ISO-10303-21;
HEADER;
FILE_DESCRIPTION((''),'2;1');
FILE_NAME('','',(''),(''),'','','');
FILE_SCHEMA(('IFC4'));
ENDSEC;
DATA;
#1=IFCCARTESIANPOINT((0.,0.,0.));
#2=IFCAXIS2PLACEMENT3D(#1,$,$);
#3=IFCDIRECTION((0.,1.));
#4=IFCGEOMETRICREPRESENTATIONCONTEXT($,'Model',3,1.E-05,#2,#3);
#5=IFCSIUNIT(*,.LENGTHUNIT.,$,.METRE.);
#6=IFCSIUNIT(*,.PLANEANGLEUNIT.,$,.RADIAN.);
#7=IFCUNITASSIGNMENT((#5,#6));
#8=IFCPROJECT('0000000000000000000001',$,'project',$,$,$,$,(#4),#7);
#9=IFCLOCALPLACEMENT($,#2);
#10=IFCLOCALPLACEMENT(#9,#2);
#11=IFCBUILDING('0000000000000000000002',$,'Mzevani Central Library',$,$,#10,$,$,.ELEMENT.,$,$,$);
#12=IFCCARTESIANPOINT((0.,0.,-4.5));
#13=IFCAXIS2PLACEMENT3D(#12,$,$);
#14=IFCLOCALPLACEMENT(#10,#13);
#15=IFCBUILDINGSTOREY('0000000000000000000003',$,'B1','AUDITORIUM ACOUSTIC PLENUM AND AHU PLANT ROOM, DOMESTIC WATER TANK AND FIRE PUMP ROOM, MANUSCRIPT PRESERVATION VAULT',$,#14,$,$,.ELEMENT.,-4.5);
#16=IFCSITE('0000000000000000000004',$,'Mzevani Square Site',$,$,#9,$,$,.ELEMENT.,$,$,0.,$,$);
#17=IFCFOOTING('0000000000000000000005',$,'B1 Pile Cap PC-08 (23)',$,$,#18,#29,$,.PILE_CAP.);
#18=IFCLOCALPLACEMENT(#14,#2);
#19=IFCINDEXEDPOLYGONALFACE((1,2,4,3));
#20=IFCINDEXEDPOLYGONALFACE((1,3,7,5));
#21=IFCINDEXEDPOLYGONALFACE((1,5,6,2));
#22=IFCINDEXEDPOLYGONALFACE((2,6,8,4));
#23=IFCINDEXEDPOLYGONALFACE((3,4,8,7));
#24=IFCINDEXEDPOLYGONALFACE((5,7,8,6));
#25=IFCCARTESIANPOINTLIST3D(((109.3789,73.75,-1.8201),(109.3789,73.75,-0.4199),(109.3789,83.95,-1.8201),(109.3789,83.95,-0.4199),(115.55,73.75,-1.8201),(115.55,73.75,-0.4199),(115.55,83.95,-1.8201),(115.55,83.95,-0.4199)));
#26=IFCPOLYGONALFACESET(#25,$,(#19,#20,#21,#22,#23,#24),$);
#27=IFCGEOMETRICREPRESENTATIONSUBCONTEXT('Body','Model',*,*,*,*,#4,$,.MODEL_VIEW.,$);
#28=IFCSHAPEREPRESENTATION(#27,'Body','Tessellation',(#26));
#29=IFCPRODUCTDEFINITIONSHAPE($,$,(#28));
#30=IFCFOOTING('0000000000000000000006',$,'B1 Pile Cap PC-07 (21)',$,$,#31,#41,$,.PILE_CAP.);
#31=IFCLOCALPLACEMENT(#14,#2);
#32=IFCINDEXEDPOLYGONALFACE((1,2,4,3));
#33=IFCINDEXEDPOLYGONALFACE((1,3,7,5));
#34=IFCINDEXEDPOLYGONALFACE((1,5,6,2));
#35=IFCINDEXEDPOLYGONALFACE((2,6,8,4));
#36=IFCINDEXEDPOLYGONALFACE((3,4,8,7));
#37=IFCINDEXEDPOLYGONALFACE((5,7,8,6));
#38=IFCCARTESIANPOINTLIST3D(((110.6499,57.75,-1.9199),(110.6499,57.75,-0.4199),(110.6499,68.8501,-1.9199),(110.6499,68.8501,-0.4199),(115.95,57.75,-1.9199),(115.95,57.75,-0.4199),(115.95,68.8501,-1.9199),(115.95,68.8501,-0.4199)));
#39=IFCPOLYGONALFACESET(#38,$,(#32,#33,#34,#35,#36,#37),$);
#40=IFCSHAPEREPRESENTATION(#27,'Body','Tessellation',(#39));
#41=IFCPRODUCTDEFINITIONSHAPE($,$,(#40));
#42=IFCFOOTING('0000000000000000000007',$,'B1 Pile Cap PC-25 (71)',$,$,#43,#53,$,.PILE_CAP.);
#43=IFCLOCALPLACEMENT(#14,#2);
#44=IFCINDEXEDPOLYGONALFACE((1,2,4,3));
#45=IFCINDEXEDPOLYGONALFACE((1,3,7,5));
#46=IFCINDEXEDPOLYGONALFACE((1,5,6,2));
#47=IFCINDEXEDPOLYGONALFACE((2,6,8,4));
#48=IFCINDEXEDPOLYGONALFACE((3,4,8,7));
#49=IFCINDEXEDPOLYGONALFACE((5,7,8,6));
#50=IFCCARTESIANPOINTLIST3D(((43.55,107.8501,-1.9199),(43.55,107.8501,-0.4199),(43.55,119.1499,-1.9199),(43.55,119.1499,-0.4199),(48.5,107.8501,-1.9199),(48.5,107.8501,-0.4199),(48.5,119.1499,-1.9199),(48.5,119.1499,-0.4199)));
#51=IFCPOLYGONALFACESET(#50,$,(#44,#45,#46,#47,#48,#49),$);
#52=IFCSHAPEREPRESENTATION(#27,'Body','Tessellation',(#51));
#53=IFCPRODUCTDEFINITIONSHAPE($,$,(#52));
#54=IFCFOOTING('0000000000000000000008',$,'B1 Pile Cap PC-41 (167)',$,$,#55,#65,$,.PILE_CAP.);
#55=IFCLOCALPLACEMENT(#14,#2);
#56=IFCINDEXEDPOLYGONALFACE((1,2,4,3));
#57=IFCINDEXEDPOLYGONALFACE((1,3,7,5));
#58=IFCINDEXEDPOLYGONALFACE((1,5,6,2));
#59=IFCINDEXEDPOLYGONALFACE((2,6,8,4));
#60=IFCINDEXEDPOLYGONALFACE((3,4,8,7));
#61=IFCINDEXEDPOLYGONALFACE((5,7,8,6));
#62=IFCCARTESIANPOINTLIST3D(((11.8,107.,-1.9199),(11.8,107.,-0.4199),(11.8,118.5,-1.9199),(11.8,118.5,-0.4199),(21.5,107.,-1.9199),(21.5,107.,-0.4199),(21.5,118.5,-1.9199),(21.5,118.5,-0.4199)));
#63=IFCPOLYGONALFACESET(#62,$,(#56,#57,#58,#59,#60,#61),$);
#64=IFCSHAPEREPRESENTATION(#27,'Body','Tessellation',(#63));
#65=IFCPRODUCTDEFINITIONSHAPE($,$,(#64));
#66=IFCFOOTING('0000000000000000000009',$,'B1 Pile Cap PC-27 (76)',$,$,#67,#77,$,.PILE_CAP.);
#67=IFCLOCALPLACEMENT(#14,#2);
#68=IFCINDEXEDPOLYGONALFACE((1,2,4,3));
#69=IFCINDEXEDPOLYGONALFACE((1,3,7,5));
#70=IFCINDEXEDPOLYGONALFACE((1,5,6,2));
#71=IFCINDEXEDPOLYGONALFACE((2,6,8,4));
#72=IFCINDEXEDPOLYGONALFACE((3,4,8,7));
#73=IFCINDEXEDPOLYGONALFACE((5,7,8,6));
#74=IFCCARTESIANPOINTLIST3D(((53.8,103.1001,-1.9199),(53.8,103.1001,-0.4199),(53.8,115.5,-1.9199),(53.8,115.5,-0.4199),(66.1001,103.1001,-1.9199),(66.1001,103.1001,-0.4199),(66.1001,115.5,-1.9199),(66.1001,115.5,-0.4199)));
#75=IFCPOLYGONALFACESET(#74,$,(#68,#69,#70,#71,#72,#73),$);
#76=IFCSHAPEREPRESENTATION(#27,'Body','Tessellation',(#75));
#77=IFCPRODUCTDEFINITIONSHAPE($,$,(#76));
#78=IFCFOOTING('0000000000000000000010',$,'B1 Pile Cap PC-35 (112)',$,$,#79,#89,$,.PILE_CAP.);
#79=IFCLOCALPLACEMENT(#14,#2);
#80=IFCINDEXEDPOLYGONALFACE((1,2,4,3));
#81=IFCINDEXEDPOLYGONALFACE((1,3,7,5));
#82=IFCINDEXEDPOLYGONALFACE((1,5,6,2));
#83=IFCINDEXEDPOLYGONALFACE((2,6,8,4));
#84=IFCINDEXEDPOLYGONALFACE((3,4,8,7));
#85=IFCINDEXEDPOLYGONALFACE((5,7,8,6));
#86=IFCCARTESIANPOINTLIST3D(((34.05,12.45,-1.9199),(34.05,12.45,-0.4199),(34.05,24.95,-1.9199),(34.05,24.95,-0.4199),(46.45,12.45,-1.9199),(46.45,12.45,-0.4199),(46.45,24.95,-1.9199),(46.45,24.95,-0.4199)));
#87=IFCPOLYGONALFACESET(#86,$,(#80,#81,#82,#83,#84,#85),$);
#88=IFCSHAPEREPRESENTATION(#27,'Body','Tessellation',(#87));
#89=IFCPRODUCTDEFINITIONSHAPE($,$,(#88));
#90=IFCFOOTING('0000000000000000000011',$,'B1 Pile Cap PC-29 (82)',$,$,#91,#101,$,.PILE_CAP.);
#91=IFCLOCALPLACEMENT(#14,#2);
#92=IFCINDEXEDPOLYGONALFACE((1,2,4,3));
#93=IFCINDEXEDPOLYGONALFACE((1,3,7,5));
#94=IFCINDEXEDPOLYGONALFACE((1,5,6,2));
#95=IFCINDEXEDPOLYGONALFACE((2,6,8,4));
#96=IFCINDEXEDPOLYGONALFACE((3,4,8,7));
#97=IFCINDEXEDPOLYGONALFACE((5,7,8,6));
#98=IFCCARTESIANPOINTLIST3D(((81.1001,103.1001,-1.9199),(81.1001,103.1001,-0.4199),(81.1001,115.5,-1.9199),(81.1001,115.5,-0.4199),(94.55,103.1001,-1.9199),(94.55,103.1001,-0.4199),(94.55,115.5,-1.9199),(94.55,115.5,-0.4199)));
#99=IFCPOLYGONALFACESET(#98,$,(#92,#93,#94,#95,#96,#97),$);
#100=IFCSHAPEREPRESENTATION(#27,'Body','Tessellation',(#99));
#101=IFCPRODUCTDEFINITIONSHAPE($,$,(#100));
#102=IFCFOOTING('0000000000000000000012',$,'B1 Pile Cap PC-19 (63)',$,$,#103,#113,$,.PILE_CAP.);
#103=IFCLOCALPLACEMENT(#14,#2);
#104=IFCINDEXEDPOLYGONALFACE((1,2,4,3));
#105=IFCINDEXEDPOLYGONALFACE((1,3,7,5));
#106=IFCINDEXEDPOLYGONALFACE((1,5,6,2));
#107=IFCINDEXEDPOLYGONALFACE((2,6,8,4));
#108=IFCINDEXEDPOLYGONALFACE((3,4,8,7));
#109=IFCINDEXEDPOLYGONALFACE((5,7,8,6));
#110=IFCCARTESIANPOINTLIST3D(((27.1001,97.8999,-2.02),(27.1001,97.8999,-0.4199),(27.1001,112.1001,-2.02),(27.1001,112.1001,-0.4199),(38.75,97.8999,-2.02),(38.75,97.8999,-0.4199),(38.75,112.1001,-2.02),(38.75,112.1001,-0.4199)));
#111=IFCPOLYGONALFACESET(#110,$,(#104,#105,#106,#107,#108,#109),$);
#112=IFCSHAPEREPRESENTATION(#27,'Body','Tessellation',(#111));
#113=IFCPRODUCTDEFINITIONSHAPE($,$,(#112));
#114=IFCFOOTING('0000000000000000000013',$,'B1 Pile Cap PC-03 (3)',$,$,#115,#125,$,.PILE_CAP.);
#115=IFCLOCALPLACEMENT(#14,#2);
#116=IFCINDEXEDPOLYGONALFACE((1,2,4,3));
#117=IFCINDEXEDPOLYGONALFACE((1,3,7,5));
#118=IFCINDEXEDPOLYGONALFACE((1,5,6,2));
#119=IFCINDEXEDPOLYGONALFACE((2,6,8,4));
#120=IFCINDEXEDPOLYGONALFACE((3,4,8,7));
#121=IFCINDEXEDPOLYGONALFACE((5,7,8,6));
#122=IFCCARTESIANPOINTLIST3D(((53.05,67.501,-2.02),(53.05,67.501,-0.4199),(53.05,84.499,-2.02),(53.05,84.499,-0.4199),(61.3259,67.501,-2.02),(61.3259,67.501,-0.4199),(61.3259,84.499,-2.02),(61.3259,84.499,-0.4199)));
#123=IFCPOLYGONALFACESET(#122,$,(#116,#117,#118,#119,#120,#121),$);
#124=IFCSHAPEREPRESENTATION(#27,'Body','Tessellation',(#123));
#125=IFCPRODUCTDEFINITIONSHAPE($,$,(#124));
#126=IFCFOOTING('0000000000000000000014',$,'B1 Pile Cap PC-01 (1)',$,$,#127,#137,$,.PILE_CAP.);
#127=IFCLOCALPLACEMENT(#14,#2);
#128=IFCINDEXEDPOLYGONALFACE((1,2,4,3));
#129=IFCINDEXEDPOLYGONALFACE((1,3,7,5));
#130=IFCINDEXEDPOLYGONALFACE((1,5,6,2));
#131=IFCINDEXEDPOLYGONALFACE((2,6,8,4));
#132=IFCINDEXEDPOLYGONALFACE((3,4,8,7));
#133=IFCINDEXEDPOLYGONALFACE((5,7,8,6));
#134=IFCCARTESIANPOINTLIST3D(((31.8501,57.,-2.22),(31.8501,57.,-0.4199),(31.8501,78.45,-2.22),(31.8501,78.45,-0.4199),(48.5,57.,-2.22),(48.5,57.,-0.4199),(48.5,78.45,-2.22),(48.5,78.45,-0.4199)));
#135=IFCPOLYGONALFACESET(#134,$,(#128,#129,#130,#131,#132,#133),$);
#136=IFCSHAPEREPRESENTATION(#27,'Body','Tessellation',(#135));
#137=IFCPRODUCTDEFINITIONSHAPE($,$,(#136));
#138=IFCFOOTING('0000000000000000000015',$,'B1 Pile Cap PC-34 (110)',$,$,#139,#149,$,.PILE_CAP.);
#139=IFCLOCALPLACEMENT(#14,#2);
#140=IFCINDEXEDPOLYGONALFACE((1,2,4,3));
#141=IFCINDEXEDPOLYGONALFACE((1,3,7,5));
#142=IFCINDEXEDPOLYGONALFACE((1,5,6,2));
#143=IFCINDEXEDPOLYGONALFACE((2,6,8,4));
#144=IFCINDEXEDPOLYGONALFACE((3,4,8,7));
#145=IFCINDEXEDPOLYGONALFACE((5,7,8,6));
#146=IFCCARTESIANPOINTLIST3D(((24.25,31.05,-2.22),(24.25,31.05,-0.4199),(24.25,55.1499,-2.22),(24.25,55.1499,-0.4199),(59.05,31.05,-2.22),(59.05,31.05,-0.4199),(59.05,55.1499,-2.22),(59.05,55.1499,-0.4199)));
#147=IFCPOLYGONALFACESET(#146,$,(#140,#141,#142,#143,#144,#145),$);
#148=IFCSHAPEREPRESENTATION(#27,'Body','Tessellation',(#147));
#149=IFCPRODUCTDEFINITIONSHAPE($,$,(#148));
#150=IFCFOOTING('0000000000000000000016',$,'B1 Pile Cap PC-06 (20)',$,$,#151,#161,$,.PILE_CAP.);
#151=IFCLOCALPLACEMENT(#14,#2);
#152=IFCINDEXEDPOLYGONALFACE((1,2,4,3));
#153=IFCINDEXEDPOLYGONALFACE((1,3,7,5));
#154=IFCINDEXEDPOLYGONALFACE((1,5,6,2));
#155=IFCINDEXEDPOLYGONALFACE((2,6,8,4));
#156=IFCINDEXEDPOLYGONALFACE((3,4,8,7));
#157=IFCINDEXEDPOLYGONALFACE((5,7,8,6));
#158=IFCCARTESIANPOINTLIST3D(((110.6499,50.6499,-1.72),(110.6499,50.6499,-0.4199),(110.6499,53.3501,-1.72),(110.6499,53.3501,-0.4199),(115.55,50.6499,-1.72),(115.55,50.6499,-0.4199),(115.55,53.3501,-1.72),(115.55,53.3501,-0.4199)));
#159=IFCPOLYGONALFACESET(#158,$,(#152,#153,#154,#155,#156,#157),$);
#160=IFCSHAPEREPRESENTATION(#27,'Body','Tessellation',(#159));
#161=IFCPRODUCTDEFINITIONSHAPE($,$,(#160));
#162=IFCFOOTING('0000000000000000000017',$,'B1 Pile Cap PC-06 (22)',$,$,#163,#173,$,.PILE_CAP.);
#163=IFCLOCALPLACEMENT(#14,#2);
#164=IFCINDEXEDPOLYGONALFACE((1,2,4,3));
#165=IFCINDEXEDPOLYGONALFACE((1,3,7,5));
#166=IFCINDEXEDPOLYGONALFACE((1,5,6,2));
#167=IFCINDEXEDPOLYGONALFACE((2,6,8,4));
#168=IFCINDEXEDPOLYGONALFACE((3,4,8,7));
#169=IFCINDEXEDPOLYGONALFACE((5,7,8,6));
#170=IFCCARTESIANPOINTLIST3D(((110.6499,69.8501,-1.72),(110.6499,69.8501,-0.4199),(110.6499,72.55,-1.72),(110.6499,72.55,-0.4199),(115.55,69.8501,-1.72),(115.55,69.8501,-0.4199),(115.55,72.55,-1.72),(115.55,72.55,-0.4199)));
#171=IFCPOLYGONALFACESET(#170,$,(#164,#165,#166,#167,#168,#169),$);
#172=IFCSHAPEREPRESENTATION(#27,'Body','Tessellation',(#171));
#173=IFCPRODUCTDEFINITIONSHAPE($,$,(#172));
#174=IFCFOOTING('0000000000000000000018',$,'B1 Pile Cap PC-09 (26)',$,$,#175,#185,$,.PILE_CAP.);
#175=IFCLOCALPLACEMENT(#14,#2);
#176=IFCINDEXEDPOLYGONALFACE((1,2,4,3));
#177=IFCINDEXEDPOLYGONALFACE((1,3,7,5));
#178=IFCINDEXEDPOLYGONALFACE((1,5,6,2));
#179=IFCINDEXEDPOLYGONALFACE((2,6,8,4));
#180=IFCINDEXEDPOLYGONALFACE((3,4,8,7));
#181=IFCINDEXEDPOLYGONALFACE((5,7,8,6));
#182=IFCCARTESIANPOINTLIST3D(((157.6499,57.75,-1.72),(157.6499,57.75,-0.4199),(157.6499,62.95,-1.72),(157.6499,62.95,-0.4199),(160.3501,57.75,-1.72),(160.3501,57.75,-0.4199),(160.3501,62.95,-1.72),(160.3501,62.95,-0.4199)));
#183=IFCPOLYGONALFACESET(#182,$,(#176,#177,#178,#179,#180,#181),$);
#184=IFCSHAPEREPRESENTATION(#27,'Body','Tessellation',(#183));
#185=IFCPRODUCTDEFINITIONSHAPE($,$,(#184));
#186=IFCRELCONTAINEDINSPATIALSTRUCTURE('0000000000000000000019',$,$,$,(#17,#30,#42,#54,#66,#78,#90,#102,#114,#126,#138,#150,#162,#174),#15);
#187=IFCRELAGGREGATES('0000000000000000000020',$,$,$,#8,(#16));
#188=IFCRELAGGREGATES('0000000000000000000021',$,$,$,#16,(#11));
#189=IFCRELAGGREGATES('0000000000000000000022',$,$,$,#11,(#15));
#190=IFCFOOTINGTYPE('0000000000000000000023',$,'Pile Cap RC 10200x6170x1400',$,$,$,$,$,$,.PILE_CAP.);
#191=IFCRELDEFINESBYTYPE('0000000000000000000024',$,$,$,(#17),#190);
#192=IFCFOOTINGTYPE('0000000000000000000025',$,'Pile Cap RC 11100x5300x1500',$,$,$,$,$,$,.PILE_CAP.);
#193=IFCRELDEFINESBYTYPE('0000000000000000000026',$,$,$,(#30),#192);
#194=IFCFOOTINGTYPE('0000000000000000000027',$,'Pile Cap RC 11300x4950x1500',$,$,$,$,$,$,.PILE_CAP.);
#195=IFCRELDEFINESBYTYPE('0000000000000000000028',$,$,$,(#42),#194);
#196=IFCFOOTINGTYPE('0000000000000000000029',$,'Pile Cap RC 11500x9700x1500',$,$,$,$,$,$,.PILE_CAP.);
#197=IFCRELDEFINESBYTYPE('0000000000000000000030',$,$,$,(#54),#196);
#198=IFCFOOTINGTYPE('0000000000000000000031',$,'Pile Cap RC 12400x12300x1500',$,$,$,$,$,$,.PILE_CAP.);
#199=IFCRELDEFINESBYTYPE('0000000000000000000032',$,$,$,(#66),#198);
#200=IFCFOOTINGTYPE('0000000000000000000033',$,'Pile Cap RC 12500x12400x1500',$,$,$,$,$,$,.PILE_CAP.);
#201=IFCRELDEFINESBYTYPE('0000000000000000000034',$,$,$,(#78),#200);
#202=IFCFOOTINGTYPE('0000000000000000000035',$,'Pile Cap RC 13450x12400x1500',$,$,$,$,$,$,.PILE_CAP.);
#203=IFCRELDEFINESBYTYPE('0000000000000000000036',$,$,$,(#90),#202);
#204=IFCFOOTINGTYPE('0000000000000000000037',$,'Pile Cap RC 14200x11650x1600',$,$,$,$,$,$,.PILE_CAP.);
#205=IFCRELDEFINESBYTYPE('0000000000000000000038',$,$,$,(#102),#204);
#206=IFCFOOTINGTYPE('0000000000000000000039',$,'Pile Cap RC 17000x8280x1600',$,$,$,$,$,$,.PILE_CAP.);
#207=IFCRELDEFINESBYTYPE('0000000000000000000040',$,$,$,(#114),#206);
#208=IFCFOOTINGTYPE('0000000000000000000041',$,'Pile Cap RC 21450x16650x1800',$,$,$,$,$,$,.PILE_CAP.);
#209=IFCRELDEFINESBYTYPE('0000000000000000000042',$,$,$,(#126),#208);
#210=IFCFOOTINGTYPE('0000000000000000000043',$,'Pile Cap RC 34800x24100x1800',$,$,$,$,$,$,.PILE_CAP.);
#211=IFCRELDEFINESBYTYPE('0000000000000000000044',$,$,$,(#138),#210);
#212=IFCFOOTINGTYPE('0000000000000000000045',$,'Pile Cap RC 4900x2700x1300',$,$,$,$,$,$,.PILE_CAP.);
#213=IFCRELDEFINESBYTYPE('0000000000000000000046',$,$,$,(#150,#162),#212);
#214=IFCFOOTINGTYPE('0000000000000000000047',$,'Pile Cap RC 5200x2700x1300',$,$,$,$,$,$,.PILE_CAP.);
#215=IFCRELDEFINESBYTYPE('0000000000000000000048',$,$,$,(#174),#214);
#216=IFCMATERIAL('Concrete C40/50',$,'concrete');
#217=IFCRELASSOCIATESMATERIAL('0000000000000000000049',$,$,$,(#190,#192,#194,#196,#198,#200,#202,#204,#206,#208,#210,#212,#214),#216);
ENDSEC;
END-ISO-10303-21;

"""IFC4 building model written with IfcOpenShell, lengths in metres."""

from ifc_helpers import new_model, si_unit, direction, frame, origin, place, context, subcontext, project, spatial, polyline, outline, extrude, material, type_object, element, save


model = new_model("IFC4")

# Units and contexts
model_context = context("Model", 3, precision=1e-05, world=origin(), true_north=direction((0.0, 1.0)))
body_context = subcontext(model_context, "Body", "Model", "MODEL_VIEW")
ifc_project = project(units=[si_unit("LENGTHUNIT", "METRE"), si_unit("PLANEANGLEUNIT", "RADIAN")], contexts=[model_context])

# Site, building, storey
site_placement = place(None, origin())
site = spatial("IfcSite", under=ifc_project, at=site_placement, Name="Mzevani Square Site", CompositionType="ELEMENT", RefElevation=0.0)
building_placement = place(site_placement, origin())
building = spatial("IfcBuilding", under=site, at=building_placement, Name="Mzevani Central Library", CompositionType="ELEMENT")
storey_placement = place(building_placement, frame((0.0, 0.0, -4.5)))
storey = spatial("IfcBuildingStorey", under=building, at=storey_placement, Name="B1", Description="AUDITORIUM ACOUSTIC PLENUM AND AHU PLANT ROOM, DOMESTIC WATER TANK AND FIRE PUMP ROOM, MANUSCRIPT PRESERVATION VAULT", CompositionType="ELEMENT", Elevation=-4.5)

# Footings
ifc_material = material(Name="Concrete C40/50", Category="concrete")
footing_type_1 = type_object("IfcFootingType", Name="Pile Cap RC 10200x6170x1400", PredefinedType="PILE_CAP", material=ifc_material)
footing_1_placement = place(storey_placement, frame((0.0, 0.0, -1.8201)))
element("IfcFooting", 1, at=footing_1_placement, inside=storey, type_object=footing_type_1, Name="B1 Pile Cap PC-08 (23)", PredefinedType="PILE_CAP", context=body_context, shape_type="SweptSolid", body=[
    extrude(outline(polyline([(109.3789, 73.75), (115.55, 73.75), (115.55, 83.95), (109.3789, 83.95), (109.3789, 73.75)])), origin(), (0.0, 0.0, 1.0), 1.4001),
])
footing_type_2 = type_object("IfcFootingType", Name="Pile Cap RC 11100x5300x1500", PredefinedType="PILE_CAP", material=ifc_material)
footing_2_placement = place(storey_placement, frame((0.0, 0.0, -1.9199)))
element("IfcFooting", 2, at=footing_2_placement, inside=storey, type_object=footing_type_2, Name="B1 Pile Cap PC-07 (21)", PredefinedType="PILE_CAP", context=body_context, shape_type="SweptSolid", body=[
    extrude(outline(polyline([(110.6499, 57.75), (115.95, 57.75), (115.95, 68.8501), (110.6499, 68.8501), (110.6499, 57.75)])), origin(), (0.0, 0.0, 1.0), 1.5),
])
footing_type_3 = type_object("IfcFootingType", Name="Pile Cap RC 11300x4950x1500", PredefinedType="PILE_CAP", material=ifc_material)
footing_3_placement = place(storey_placement, frame((0.0, 0.0, -1.9199)))
element("IfcFooting", 3, at=footing_3_placement, inside=storey, type_object=footing_type_3, Name="B1 Pile Cap PC-25 (71)", PredefinedType="PILE_CAP", context=body_context, shape_type="SweptSolid", body=[
    extrude(outline(polyline([(43.55, 107.8501), (48.5, 107.8501), (48.5, 119.1499), (43.55, 119.1499), (43.55, 107.8501)])), origin(), (0.0, 0.0, 1.0), 1.5),
])
footing_type_4 = type_object("IfcFootingType", Name="Pile Cap RC 11500x9700x1500", PredefinedType="PILE_CAP", material=ifc_material)
footing_4_placement = place(storey_placement, frame((0.0, 0.0, -1.9199)))
element("IfcFooting", 4, at=footing_4_placement, inside=storey, type_object=footing_type_4, Name="B1 Pile Cap PC-41 (167)", PredefinedType="PILE_CAP", context=body_context, shape_type="SweptSolid", body=[
    extrude(outline(polyline([(11.8, 107.0), (21.5, 107.0), (21.5, 118.5), (11.8, 118.5), (11.8, 107.0)])), origin(), (0.0, 0.0, 1.0), 1.5),
])
footing_type_5 = type_object("IfcFootingType", Name="Pile Cap RC 12400x12300x1500", PredefinedType="PILE_CAP", material=ifc_material)
footing_5_placement = place(storey_placement, frame((0.0, 0.0, -1.9199)))
element("IfcFooting", 5, at=footing_5_placement, inside=storey, type_object=footing_type_5, Name="B1 Pile Cap PC-27 (76)", PredefinedType="PILE_CAP", context=body_context, shape_type="SweptSolid", body=[
    extrude(outline(polyline([(53.8, 103.1001), (66.1001, 103.1001), (66.1001, 115.5), (53.8, 115.5), (53.8, 103.1001)])), origin(), (0.0, 0.0, 1.0), 1.5),
])
footing_type_6 = type_object("IfcFootingType", Name="Pile Cap RC 12500x12400x1500", PredefinedType="PILE_CAP", material=ifc_material)
footing_6_placement = place(storey_placement, frame((0.0, 0.0, -1.9199)))
element("IfcFooting", 6, at=footing_6_placement, inside=storey, type_object=footing_type_6, Name="B1 Pile Cap PC-35 (112)", PredefinedType="PILE_CAP", context=body_context, shape_type="SweptSolid", body=[
    extrude(outline(polyline([(34.05, 12.45), (46.45, 12.45), (46.45, 24.95), (34.05, 24.95), (34.05, 12.45)])), origin(), (0.0, 0.0, 1.0), 1.5),
])
footing_type_7 = type_object("IfcFootingType", Name="Pile Cap RC 13450x12400x1500", PredefinedType="PILE_CAP", material=ifc_material)
footing_7_placement = place(storey_placement, frame((0.0, 0.0, -1.9199)))
element("IfcFooting", 7, at=footing_7_placement, inside=storey, type_object=footing_type_7, Name="B1 Pile Cap PC-29 (82)", PredefinedType="PILE_CAP", context=body_context, shape_type="SweptSolid", body=[
    extrude(outline(polyline([(81.1001, 103.1001), (94.55, 103.1001), (94.55, 115.5), (81.1001, 115.5), (81.1001, 103.1001)])), origin(), (0.0, 0.0, 1.0), 1.5),
])
footing_type_8 = type_object("IfcFootingType", Name="Pile Cap RC 14200x11650x1600", PredefinedType="PILE_CAP", material=ifc_material)
footing_8_placement = place(storey_placement, frame((0.0, 0.0, -2.02)))
element("IfcFooting", 8, at=footing_8_placement, inside=storey, type_object=footing_type_8, Name="B1 Pile Cap PC-19 (63)", PredefinedType="PILE_CAP", context=body_context, shape_type="SweptSolid", body=[
    extrude(outline(polyline([(27.1001, 97.8999), (38.75, 97.8999), (38.75, 112.1001), (27.1001, 112.1001), (27.1001, 97.8999)])), origin(), (0.0, 0.0, 1.0), 1.6001),
])
footing_type_9 = type_object("IfcFootingType", Name="Pile Cap RC 17000x8280x1600", PredefinedType="PILE_CAP", material=ifc_material)
footing_9_placement = place(storey_placement, frame((0.0, 0.0, -2.02)))
element("IfcFooting", 9, at=footing_9_placement, inside=storey, type_object=footing_type_9, Name="B1 Pile Cap PC-03 (3)", PredefinedType="PILE_CAP", context=body_context, shape_type="SweptSolid", body=[
    extrude(outline(polyline([(53.05, 67.501), (61.3259, 67.501), (61.3259, 84.499), (53.05, 84.499), (53.05, 67.501)])), origin(), (0.0, 0.0, 1.0), 1.6001),
])
footing_type_10 = type_object("IfcFootingType", Name="Pile Cap RC 21450x16650x1800", PredefinedType="PILE_CAP", material=ifc_material)
footing_10_placement = place(storey_placement, frame((0.0, 0.0, -2.22)))
element("IfcFooting", 10, at=footing_10_placement, inside=storey, type_object=footing_type_10, Name="B1 Pile Cap PC-01 (1)", PredefinedType="PILE_CAP", context=body_context, shape_type="SweptSolid", body=[
    extrude(outline(polyline([(31.8501, 57.0), (48.5, 57.0), (48.5, 78.45), (31.8501, 78.45), (31.8501, 57.0)])), origin(), (0.0, 0.0, 1.0), 1.8),
])
footing_type_11 = type_object("IfcFootingType", Name="Pile Cap RC 34800x24100x1800", PredefinedType="PILE_CAP", material=ifc_material)
footing_11_placement = place(storey_placement, frame((0.0, 0.0, -2.22)))
element("IfcFooting", 11, at=footing_11_placement, inside=storey, type_object=footing_type_11, Name="B1 Pile Cap PC-34 (110)", PredefinedType="PILE_CAP", context=body_context, shape_type="SweptSolid", body=[
    extrude(outline(polyline([(24.25, 31.05), (59.05, 31.05), (59.05, 55.1499), (24.25, 55.1499), (24.25, 31.05)])), origin(), (0.0, 0.0, 1.0), 1.8),
])
footing_type_12 = type_object("IfcFootingType", Name="Pile Cap RC 4900x2700x1300", PredefinedType="PILE_CAP", material=ifc_material)
footing_12_placement = place(storey_placement, frame((0.0, 0.0, -1.72)))
element("IfcFooting", 12, at=footing_12_placement, inside=storey, type_object=footing_type_12, Name="B1 Pile Cap PC-06 (20)", PredefinedType="PILE_CAP", context=body_context, shape_type="SweptSolid", body=[
    extrude(outline(polyline([(110.6499, 50.6499), (115.55, 50.6499), (115.55, 53.3501), (110.6499, 53.3501), (110.6499, 50.6499)])), origin(), (0.0, 0.0, 1.0), 1.3),
])
footing_13_placement = place(storey_placement, frame((0.0, 0.0, -1.72)))
element("IfcFooting", 13, at=footing_13_placement, inside=storey, type_object=footing_type_12, Name="B1 Pile Cap PC-06 (22)", PredefinedType="PILE_CAP", context=body_context, shape_type="SweptSolid", body=[
    extrude(outline(polyline([(110.6499, 69.8501), (115.55, 69.8501), (115.55, 72.55), (110.6499, 72.55), (110.6499, 69.8501)])), origin(), (0.0, 0.0, 1.0), 1.3),
])
footing_type_13 = type_object("IfcFootingType", Name="Pile Cap RC 5200x2700x1300", PredefinedType="PILE_CAP", material=ifc_material)
footing_14_placement = place(storey_placement, frame((0.0, 0.0, -1.72)))
element("IfcFooting", 14, at=footing_14_placement, inside=storey, type_object=footing_type_13, Name="B1 Pile Cap PC-09 (26)", PredefinedType="PILE_CAP", context=body_context, shape_type="SweptSolid", body=[
    extrude(outline(polyline([(157.6499, 57.75), (160.3501, 57.75), (160.3501, 62.95), (157.6499, 62.95), (157.6499, 57.75)])), origin(), (0.0, 0.0, 1.0), 1.3),
])

save(model, "model.ifc")
